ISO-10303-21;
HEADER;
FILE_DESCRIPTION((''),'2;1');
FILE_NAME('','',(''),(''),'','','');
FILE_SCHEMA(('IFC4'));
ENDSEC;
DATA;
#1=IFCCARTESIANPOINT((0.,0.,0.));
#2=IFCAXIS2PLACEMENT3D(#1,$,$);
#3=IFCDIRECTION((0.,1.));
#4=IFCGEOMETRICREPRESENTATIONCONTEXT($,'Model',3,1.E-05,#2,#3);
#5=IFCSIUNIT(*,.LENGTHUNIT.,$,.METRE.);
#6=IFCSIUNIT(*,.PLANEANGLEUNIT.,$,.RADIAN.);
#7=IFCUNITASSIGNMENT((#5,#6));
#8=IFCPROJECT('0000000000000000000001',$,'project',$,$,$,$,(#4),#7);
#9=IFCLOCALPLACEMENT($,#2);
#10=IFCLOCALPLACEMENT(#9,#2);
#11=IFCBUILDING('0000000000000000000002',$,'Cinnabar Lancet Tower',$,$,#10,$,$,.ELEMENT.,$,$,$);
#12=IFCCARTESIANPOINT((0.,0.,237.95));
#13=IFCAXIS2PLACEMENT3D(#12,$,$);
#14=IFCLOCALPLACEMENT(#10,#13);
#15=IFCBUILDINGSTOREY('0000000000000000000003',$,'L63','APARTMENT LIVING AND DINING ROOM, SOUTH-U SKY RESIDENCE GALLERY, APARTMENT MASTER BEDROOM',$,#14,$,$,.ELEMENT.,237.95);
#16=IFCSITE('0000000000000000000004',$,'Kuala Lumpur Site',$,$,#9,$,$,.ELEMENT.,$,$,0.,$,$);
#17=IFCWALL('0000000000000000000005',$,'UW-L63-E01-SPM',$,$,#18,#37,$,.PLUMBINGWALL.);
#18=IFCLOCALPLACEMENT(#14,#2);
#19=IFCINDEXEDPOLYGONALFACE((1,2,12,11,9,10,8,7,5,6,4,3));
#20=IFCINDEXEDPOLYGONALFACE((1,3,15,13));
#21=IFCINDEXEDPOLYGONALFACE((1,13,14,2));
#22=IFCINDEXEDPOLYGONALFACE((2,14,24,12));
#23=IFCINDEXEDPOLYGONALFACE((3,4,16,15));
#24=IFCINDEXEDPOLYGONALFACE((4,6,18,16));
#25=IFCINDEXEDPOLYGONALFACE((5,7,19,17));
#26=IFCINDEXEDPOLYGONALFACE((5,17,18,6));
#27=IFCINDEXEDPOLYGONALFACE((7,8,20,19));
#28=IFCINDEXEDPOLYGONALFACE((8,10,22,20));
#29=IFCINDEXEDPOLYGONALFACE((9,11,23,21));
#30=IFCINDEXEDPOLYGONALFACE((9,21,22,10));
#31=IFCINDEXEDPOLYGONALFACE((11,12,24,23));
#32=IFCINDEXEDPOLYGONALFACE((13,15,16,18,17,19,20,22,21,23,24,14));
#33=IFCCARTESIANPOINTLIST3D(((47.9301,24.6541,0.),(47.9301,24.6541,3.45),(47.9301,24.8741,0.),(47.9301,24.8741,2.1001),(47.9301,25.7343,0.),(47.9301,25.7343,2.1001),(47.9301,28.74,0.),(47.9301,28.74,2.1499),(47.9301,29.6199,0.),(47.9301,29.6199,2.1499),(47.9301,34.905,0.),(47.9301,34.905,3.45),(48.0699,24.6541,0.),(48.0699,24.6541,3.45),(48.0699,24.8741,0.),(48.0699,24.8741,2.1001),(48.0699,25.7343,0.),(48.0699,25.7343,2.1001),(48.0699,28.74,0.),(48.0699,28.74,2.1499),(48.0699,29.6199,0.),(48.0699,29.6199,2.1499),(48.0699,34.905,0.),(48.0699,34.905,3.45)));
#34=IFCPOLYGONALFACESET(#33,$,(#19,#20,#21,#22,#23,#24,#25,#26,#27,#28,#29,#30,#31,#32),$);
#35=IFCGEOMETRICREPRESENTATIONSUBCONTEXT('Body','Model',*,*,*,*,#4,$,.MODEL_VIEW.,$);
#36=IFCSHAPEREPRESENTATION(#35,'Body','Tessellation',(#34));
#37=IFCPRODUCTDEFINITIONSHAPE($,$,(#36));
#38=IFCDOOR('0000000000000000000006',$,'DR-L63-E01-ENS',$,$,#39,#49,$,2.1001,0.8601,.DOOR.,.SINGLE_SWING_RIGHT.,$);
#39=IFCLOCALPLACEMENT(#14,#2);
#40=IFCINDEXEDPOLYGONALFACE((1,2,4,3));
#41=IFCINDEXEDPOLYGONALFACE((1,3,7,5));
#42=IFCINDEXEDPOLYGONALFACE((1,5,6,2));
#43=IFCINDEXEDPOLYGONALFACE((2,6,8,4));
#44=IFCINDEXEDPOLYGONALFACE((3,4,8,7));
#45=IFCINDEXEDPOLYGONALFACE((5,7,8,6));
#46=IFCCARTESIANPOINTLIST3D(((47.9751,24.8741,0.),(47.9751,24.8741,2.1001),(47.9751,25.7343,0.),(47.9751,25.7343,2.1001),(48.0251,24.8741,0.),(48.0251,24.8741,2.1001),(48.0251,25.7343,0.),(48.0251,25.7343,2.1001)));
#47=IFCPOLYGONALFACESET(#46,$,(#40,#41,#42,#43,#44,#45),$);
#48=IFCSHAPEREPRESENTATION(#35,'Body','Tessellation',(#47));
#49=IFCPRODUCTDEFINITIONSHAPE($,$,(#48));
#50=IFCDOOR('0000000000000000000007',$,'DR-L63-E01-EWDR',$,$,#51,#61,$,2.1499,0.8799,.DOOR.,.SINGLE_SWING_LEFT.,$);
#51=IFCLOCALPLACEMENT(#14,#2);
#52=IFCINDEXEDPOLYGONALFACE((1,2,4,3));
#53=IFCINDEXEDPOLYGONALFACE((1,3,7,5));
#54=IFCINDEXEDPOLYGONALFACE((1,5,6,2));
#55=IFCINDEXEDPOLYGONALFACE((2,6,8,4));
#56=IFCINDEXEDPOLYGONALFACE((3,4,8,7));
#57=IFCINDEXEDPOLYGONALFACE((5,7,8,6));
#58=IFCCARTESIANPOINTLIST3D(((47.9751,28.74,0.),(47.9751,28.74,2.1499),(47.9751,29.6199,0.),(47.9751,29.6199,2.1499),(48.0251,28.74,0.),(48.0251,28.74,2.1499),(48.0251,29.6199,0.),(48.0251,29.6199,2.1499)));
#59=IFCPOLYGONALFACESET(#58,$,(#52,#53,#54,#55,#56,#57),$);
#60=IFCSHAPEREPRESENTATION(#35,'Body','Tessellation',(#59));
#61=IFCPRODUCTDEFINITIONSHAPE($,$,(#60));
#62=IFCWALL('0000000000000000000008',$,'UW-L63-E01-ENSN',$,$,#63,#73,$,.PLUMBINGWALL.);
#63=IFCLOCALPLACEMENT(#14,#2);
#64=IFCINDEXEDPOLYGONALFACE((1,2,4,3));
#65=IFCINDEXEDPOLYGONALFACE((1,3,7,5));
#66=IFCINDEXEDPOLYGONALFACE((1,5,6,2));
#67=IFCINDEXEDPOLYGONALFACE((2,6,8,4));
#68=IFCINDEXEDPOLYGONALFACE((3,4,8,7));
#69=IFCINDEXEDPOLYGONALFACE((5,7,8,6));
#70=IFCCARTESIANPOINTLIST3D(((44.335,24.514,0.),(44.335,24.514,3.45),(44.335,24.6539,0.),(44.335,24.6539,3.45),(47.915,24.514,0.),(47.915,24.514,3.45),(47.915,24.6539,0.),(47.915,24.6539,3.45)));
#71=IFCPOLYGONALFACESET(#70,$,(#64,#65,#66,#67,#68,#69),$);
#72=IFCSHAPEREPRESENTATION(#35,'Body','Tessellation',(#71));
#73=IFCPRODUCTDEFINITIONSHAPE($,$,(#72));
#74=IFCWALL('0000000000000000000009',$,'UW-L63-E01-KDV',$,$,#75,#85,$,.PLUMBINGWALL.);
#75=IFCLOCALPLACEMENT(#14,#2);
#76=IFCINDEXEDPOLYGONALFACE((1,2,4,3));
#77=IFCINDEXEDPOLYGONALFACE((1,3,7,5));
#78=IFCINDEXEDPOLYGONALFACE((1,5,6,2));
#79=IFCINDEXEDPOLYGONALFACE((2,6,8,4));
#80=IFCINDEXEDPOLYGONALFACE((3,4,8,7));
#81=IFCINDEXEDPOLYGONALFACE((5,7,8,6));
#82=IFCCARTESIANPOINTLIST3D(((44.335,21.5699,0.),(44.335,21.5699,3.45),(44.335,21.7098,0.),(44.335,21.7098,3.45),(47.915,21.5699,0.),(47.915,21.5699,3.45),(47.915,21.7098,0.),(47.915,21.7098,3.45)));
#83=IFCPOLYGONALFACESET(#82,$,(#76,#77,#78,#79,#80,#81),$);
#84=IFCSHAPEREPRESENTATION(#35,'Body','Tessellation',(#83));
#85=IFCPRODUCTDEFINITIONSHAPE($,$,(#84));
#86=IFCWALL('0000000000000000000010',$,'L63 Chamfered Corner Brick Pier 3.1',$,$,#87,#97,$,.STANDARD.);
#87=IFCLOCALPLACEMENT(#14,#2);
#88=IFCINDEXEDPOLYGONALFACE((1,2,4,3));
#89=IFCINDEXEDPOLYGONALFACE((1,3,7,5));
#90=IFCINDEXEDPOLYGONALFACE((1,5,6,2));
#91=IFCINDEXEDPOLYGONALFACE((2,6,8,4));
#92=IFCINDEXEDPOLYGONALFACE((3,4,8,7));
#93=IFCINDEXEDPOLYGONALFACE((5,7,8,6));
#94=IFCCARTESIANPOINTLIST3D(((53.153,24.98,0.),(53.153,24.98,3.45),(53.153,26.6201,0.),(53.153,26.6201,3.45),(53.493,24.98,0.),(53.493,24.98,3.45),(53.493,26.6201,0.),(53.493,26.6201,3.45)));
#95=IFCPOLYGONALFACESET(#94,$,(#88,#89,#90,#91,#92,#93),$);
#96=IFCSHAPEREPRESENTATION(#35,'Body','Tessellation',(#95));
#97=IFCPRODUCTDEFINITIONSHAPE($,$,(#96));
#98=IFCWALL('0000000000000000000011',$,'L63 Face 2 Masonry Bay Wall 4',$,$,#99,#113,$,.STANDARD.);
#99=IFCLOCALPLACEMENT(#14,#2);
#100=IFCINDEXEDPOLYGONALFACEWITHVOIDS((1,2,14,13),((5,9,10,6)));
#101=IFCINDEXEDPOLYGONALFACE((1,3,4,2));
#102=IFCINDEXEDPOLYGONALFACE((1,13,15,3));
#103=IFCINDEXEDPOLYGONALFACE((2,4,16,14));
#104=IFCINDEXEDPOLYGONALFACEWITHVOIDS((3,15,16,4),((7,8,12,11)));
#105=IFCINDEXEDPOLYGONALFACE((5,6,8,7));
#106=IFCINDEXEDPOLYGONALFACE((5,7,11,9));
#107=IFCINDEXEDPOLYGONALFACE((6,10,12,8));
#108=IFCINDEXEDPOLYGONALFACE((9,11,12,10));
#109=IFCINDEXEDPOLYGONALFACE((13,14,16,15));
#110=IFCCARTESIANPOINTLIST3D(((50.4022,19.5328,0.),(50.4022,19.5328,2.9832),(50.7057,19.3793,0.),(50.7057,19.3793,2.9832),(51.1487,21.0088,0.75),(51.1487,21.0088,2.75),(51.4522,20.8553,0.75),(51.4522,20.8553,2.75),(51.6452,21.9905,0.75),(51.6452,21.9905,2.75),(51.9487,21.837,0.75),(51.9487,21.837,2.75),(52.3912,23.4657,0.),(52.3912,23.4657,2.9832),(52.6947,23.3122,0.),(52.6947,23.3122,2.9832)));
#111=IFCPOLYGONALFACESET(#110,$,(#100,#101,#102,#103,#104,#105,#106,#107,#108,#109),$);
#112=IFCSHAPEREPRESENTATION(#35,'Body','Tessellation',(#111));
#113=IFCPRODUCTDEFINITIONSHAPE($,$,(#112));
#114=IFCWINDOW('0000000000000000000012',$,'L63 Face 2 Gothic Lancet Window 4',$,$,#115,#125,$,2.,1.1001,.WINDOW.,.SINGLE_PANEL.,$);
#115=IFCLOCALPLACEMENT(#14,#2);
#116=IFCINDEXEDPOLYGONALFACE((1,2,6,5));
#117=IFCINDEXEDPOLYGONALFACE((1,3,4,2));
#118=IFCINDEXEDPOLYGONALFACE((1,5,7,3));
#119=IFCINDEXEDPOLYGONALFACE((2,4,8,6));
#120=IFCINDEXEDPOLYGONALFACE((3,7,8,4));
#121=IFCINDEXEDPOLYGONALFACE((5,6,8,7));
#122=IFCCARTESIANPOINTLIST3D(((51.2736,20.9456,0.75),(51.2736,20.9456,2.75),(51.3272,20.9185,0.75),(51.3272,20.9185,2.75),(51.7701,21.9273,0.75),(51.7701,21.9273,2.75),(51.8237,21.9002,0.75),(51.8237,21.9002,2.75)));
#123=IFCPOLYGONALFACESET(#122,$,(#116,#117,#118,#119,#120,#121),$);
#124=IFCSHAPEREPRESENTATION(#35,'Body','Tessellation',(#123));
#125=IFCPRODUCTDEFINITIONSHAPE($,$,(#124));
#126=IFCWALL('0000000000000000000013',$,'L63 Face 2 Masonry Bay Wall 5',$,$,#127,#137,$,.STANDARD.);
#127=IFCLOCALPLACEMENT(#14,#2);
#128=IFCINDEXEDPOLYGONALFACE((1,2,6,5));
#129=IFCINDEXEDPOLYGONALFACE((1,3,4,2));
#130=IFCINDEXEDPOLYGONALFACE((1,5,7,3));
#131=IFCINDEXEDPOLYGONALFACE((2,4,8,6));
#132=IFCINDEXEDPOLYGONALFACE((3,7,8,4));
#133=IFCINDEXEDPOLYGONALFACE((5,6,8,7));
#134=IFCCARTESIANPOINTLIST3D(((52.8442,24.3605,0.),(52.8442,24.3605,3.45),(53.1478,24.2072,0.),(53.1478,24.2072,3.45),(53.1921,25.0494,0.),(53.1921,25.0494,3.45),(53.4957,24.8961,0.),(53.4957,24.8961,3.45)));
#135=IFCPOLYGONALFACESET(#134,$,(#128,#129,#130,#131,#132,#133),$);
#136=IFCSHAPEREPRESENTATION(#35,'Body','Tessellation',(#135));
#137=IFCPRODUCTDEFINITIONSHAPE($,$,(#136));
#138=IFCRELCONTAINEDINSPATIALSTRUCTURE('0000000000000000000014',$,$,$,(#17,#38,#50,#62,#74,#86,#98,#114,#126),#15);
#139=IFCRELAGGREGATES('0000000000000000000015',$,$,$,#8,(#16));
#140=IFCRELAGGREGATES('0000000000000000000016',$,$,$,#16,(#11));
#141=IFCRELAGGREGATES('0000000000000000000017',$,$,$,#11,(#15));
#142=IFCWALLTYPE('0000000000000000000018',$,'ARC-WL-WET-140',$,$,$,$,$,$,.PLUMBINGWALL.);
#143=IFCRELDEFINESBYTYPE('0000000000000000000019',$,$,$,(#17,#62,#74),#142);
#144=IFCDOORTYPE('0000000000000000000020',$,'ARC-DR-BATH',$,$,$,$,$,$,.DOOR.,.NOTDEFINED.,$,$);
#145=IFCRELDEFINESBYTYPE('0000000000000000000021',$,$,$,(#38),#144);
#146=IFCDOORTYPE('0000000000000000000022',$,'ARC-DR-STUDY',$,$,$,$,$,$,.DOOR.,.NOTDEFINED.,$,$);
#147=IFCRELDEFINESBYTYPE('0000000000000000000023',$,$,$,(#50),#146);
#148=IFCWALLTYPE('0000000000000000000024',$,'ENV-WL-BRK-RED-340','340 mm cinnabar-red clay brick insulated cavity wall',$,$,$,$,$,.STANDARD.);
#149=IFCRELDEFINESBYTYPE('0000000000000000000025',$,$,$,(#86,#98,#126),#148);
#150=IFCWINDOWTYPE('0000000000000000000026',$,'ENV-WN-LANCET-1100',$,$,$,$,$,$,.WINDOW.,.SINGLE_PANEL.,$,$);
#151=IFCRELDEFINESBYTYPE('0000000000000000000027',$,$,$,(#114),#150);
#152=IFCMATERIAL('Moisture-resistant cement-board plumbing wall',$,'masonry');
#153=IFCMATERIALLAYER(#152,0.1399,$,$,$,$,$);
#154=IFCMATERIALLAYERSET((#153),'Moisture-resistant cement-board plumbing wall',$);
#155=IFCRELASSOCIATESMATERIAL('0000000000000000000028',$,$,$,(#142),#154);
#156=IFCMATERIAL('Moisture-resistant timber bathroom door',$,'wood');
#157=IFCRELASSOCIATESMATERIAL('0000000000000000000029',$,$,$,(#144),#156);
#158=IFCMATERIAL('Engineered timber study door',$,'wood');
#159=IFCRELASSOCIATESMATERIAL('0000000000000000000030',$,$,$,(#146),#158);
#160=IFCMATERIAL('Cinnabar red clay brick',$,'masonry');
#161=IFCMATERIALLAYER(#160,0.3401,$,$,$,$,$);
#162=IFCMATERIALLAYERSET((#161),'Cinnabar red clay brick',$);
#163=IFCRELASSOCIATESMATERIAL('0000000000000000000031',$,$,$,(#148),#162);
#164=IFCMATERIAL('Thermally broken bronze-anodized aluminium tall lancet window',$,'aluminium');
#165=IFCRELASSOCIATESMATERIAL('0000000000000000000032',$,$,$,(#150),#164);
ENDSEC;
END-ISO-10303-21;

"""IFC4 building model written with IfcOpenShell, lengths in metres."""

from ifc_helpers import new_model, si_unit, direction, frame, frame_2d, origin, place, context, subcontext, project, spatial, rectangle, extrude, material, layer, layer_set, type_object, element, fill, save


model = new_model("IFC4")

# Units and contexts
model_context = context("Model", 3, precision=1e-05, world=origin(), true_north=direction((0.0, 1.0)))
body_context = subcontext(model_context, "Body", "Model", "MODEL_VIEW")
ifc_project = project(units=[si_unit("LENGTHUNIT", "METRE"), si_unit("PLANEANGLEUNIT", "RADIAN")], contexts=[model_context])

# Site, building, storey
site_placement = place(None, origin())
site = spatial("IfcSite", under=ifc_project, at=site_placement, Name="Kuala Lumpur Site", CompositionType="ELEMENT", RefElevation=0.0)
building_placement = place(site_placement, origin())
building = spatial("IfcBuilding", under=site, at=building_placement, Name="Cinnabar Lancet Tower", CompositionType="ELEMENT")
storey_placement = place(building_placement, frame((0.0, 0.0, 237.95)))
storey = spatial("IfcBuildingStorey", under=building, at=storey_placement, Name="L63", Description="APARTMENT LIVING AND DINING ROOM, SOUTH-U SKY RESIDENCE GALLERY, APARTMENT MASTER BEDROOM", CompositionType="ELEMENT", Elevation=237.95)

# Wall, openings, doors
ifc_material_1 = material(Name="Moisture-resistant cement-board plumbing wall", Category="masonry")
ifc_layer_1 = layer(ifc_material_1, 0.1399)
ifc_layer_set_1 = layer_set([ifc_layer_1], Name="Moisture-resistant cement-board plumbing wall")
wall_type_1 = type_object("IfcWallType", Name="ARC-WL-WET-140", PredefinedType="PLUMBINGWALL", material=ifc_layer_set_1)
wall_1_placement = place(storey_placement, frame((48.0, 24.6541, 0.0), z_axis=(0.0, 0.0, 1.0), x_axis=(0.0, 1.0, 0.0)))
wall_1 = element("IfcWall", 1, at=wall_1_placement, inside=storey, type_object=wall_type_1, Name="UW-L63-E01-SPM", PredefinedType="PLUMBINGWALL", context=body_context, shape_type="SweptSolid", body=[
    extrude(rectangle(XDim=10.251, YDim=0.1399, at=frame_2d((5.1255, 0.0))), origin(), (0.0, 0.0, 1.0), 3.45),
])
opening_1_placement = place(wall_1_placement, frame((0.22, 0.0, 0.0)))
opening_1 = element("IfcOpeningElement", 2, at=opening_1_placement, cuts=wall_1, PredefinedType="OPENING", context=body_context, shape_type="SweptSolid", body=[
    extrude(rectangle(XDim=0.8601, YDim=2.1001, at=frame_2d((0.4302, 1.05))), frame((0.0, 0.0798, 0.0), z_axis=(0.0, -1.0, 0.0), x_axis=(1.0, 0.0, 0.0)), (0.0, 0.0, 1.0), 0.1599),
])
opening_2_placement = place(wall_1_placement, frame((4.0859, 0.0, 0.0)))
opening_2 = element("IfcOpeningElement", 3, at=opening_2_placement, cuts=wall_1, PredefinedType="OPENING", context=body_context, shape_type="SweptSolid", body=[
    extrude(rectangle(XDim=0.8799, YDim=2.1499, at=frame_2d((0.4399, 1.075))), frame((0.0, 0.0798, 0.0), z_axis=(0.0, -1.0, 0.0), x_axis=(1.0, 0.0, 0.0)), (0.0, 0.0, 1.0), 0.1599),
])
ifc_material_2 = material(Name="Moisture-resistant timber bathroom door", Category="wood")
door_type_1 = type_object("IfcDoorType", Name="ARC-DR-BATH", OperationType="NOTDEFINED", PredefinedType="DOOR", material=ifc_material_2)
door_1_placement = place(opening_1_placement, origin())
door_1 = element("IfcDoor", 4, at=door_1_placement, inside=storey, type_object=door_type_1, Name="DR-L63-E01-ENS", OperationType="SINGLE_SWING_RIGHT", OverallHeight=2.1001, OverallWidth=0.8601, PredefinedType="DOOR", context=body_context, shape_type="SweptSolid", body=[
    extrude(rectangle(XDim=0.8601, YDim=2.1001, at=frame_2d((0.4302, 1.05))), frame((0.0, 0.0249, 0.0), z_axis=(0.0, -1.0, 0.0), x_axis=(1.0, 0.0, 0.0)), (0.0, 0.0, 1.0), 0.05),
])
fill(opening_1, door_1)
ifc_material_3 = material(Name="Engineered timber study door", Category="wood")
door_type_2 = type_object("IfcDoorType", Name="ARC-DR-STUDY", OperationType="NOTDEFINED", PredefinedType="DOOR", material=ifc_material_3)
door_2_placement = place(opening_2_placement, origin())
door_2 = element("IfcDoor", 5, at=door_2_placement, inside=storey, type_object=door_type_2, Name="DR-L63-E01-EWDR", OperationType="SINGLE_SWING_LEFT", OverallHeight=2.1499, OverallWidth=0.8799, PredefinedType="DOOR", context=body_context, shape_type="SweptSolid", body=[
    extrude(rectangle(XDim=0.8799, YDim=2.1499, at=frame_2d((0.4399, 1.075))), frame((0.0, 0.0249, 0.0), z_axis=(0.0, -1.0, 0.0), x_axis=(1.0, 0.0, 0.0)), (0.0, 0.0, 1.0), 0.05),
])
fill(opening_2, door_2)

# Walls
for number, where, z_axis, x_axis, name in (
    (6, (44.335, 24.584, 0.0), (0.0, 0.0, 1.0), (1.0, 0.0, 0.0), "UW-L63-E01-ENSN"),
    (7, (44.335, 21.6399, 0.0), (0.0, 0.0, 1.0), (1.0, 0.0, 0.0), "UW-L63-E01-KDV"),
):
    element("IfcWall", number, at=place(storey_placement, frame(where, z_axis=z_axis, x_axis=x_axis)), inside=storey, type_object=wall_type_1, Name=name, PredefinedType="PLUMBINGWALL", context=body_context, shape_type="SweptSolid", body=[
        extrude(rectangle(XDim=3.5801, YDim=0.1399, at=frame_2d((1.79, 0.0))), origin(), (0.0, 0.0, 1.0), 3.45),
    ])
ifc_material_4 = material(Name="Cinnabar red clay brick", Category="masonry")
ifc_layer_2 = layer(ifc_material_4, 0.3401)
ifc_layer_set_2 = layer_set([ifc_layer_2], Name="Cinnabar red clay brick")
wall_type_2 = type_object("IfcWallType", Name="ENV-WL-BRK-RED-340", Description="340 mm cinnabar-red clay brick insulated cavity wall", PredefinedType="STANDARD", material=ifc_layer_set_2)
wall_2_placement = place(storey_placement, frame((53.323, 24.98, 0.0), z_axis=(0.0, 0.0, 1.0), x_axis=(0.0, 1.0, 0.0)))
element("IfcWall", 8, at=wall_2_placement, inside=storey, type_object=wall_type_2, Name="L63 Chamfered Corner Brick Pier 3.1", PredefinedType="STANDARD", context=body_context, shape_type="SweptSolid", body=[
    extrude(rectangle(XDim=1.6401, YDim=0.3401, at=frame_2d((0.8201, 0.0))), origin(), (0.0, 0.0, 1.0), 3.45),
])

# Wall, opening, window
wall_3_placement = place(storey_placement, frame((50.554, 19.4561, 0.0), z_axis=(0.0, 0.0, 1.0), x_axis=(0.451308, 0.892368, 0.0)))
wall_3 = element("IfcWall", 9, at=wall_3_placement, inside=storey, type_object=wall_type_2, Name="L63 Face 2 Masonry Bay Wall 4", PredefinedType="STANDARD", context=body_context, shape_type="SweptSolid", body=[
    extrude(rectangle(XDim=4.4072, YDim=0.3401, at=frame_2d((2.2036, 0.0))), origin(), (0.0, 0.0, 1.0), 2.9832),
])
opening_3_placement = place(wall_3_placement, frame((1.6541, 0.0, 0.75)))
opening_3 = element("IfcOpeningElement", 10, at=opening_3_placement, cuts=wall_3, PredefinedType="OPENING", context=body_context, shape_type="SweptSolid", body=[
    extrude(rectangle(XDim=1.1001, YDim=2.0, at=frame_2d((0.55, 1.0))), frame((0.0, 0.1799, 0.0), z_axis=(0.0, -1.0, 0.0), x_axis=(1.0, 0.0, 0.0)), (0.0, 0.0, 1.0), 0.3601),
])
ifc_material_5 = material(Name="Thermally broken bronze-anodized aluminium tall lancet window", Category="aluminium")
window_type = type_object("IfcWindowType", Name="ENV-WN-LANCET-1100", PartitioningType="SINGLE_PANEL", PredefinedType="WINDOW", material=ifc_material_5)
window_placement = place(opening_3_placement, origin())
window = element("IfcWindow", 11, at=window_placement, inside=storey, type_object=window_type, Name="L63 Face 2 Gothic Lancet Window 4", OverallHeight=2.0, OverallWidth=1.1001, PartitioningType="SINGLE_PANEL", PredefinedType="WINDOW", context=body_context, shape_type="SweptSolid", body=[
    extrude(rectangle(XDim=1.1001, YDim=2.0, at=frame_2d((0.55, 1.0))), frame((0.0, 0.03, 0.0), z_axis=(0.0, -1.0, 0.0), x_axis=(1.0, 0.0, 0.0)), (0.0, 0.0, 1.0), 0.0601),
])
fill(opening_3, window)

# Wall
wall_4_placement = place(storey_placement, frame((52.9961, 24.2839, 0.0), z_axis=(0.0, 0.0, 1.0), x_axis=(0.450753, 0.892649, 0.0)))
element("IfcWall", 12, at=wall_4_placement, inside=storey, type_object=wall_type_2, Name="L63 Face 2 Masonry Bay Wall 5", PredefinedType="STANDARD", context=body_context, shape_type="SweptSolid", body=[
    extrude(rectangle(XDim=0.7717, YDim=0.3401, at=frame_2d((0.3857, 0.0))), origin(), (0.0, 0.0, 1.0), 3.45),
])

save(model, "model.ifc")
